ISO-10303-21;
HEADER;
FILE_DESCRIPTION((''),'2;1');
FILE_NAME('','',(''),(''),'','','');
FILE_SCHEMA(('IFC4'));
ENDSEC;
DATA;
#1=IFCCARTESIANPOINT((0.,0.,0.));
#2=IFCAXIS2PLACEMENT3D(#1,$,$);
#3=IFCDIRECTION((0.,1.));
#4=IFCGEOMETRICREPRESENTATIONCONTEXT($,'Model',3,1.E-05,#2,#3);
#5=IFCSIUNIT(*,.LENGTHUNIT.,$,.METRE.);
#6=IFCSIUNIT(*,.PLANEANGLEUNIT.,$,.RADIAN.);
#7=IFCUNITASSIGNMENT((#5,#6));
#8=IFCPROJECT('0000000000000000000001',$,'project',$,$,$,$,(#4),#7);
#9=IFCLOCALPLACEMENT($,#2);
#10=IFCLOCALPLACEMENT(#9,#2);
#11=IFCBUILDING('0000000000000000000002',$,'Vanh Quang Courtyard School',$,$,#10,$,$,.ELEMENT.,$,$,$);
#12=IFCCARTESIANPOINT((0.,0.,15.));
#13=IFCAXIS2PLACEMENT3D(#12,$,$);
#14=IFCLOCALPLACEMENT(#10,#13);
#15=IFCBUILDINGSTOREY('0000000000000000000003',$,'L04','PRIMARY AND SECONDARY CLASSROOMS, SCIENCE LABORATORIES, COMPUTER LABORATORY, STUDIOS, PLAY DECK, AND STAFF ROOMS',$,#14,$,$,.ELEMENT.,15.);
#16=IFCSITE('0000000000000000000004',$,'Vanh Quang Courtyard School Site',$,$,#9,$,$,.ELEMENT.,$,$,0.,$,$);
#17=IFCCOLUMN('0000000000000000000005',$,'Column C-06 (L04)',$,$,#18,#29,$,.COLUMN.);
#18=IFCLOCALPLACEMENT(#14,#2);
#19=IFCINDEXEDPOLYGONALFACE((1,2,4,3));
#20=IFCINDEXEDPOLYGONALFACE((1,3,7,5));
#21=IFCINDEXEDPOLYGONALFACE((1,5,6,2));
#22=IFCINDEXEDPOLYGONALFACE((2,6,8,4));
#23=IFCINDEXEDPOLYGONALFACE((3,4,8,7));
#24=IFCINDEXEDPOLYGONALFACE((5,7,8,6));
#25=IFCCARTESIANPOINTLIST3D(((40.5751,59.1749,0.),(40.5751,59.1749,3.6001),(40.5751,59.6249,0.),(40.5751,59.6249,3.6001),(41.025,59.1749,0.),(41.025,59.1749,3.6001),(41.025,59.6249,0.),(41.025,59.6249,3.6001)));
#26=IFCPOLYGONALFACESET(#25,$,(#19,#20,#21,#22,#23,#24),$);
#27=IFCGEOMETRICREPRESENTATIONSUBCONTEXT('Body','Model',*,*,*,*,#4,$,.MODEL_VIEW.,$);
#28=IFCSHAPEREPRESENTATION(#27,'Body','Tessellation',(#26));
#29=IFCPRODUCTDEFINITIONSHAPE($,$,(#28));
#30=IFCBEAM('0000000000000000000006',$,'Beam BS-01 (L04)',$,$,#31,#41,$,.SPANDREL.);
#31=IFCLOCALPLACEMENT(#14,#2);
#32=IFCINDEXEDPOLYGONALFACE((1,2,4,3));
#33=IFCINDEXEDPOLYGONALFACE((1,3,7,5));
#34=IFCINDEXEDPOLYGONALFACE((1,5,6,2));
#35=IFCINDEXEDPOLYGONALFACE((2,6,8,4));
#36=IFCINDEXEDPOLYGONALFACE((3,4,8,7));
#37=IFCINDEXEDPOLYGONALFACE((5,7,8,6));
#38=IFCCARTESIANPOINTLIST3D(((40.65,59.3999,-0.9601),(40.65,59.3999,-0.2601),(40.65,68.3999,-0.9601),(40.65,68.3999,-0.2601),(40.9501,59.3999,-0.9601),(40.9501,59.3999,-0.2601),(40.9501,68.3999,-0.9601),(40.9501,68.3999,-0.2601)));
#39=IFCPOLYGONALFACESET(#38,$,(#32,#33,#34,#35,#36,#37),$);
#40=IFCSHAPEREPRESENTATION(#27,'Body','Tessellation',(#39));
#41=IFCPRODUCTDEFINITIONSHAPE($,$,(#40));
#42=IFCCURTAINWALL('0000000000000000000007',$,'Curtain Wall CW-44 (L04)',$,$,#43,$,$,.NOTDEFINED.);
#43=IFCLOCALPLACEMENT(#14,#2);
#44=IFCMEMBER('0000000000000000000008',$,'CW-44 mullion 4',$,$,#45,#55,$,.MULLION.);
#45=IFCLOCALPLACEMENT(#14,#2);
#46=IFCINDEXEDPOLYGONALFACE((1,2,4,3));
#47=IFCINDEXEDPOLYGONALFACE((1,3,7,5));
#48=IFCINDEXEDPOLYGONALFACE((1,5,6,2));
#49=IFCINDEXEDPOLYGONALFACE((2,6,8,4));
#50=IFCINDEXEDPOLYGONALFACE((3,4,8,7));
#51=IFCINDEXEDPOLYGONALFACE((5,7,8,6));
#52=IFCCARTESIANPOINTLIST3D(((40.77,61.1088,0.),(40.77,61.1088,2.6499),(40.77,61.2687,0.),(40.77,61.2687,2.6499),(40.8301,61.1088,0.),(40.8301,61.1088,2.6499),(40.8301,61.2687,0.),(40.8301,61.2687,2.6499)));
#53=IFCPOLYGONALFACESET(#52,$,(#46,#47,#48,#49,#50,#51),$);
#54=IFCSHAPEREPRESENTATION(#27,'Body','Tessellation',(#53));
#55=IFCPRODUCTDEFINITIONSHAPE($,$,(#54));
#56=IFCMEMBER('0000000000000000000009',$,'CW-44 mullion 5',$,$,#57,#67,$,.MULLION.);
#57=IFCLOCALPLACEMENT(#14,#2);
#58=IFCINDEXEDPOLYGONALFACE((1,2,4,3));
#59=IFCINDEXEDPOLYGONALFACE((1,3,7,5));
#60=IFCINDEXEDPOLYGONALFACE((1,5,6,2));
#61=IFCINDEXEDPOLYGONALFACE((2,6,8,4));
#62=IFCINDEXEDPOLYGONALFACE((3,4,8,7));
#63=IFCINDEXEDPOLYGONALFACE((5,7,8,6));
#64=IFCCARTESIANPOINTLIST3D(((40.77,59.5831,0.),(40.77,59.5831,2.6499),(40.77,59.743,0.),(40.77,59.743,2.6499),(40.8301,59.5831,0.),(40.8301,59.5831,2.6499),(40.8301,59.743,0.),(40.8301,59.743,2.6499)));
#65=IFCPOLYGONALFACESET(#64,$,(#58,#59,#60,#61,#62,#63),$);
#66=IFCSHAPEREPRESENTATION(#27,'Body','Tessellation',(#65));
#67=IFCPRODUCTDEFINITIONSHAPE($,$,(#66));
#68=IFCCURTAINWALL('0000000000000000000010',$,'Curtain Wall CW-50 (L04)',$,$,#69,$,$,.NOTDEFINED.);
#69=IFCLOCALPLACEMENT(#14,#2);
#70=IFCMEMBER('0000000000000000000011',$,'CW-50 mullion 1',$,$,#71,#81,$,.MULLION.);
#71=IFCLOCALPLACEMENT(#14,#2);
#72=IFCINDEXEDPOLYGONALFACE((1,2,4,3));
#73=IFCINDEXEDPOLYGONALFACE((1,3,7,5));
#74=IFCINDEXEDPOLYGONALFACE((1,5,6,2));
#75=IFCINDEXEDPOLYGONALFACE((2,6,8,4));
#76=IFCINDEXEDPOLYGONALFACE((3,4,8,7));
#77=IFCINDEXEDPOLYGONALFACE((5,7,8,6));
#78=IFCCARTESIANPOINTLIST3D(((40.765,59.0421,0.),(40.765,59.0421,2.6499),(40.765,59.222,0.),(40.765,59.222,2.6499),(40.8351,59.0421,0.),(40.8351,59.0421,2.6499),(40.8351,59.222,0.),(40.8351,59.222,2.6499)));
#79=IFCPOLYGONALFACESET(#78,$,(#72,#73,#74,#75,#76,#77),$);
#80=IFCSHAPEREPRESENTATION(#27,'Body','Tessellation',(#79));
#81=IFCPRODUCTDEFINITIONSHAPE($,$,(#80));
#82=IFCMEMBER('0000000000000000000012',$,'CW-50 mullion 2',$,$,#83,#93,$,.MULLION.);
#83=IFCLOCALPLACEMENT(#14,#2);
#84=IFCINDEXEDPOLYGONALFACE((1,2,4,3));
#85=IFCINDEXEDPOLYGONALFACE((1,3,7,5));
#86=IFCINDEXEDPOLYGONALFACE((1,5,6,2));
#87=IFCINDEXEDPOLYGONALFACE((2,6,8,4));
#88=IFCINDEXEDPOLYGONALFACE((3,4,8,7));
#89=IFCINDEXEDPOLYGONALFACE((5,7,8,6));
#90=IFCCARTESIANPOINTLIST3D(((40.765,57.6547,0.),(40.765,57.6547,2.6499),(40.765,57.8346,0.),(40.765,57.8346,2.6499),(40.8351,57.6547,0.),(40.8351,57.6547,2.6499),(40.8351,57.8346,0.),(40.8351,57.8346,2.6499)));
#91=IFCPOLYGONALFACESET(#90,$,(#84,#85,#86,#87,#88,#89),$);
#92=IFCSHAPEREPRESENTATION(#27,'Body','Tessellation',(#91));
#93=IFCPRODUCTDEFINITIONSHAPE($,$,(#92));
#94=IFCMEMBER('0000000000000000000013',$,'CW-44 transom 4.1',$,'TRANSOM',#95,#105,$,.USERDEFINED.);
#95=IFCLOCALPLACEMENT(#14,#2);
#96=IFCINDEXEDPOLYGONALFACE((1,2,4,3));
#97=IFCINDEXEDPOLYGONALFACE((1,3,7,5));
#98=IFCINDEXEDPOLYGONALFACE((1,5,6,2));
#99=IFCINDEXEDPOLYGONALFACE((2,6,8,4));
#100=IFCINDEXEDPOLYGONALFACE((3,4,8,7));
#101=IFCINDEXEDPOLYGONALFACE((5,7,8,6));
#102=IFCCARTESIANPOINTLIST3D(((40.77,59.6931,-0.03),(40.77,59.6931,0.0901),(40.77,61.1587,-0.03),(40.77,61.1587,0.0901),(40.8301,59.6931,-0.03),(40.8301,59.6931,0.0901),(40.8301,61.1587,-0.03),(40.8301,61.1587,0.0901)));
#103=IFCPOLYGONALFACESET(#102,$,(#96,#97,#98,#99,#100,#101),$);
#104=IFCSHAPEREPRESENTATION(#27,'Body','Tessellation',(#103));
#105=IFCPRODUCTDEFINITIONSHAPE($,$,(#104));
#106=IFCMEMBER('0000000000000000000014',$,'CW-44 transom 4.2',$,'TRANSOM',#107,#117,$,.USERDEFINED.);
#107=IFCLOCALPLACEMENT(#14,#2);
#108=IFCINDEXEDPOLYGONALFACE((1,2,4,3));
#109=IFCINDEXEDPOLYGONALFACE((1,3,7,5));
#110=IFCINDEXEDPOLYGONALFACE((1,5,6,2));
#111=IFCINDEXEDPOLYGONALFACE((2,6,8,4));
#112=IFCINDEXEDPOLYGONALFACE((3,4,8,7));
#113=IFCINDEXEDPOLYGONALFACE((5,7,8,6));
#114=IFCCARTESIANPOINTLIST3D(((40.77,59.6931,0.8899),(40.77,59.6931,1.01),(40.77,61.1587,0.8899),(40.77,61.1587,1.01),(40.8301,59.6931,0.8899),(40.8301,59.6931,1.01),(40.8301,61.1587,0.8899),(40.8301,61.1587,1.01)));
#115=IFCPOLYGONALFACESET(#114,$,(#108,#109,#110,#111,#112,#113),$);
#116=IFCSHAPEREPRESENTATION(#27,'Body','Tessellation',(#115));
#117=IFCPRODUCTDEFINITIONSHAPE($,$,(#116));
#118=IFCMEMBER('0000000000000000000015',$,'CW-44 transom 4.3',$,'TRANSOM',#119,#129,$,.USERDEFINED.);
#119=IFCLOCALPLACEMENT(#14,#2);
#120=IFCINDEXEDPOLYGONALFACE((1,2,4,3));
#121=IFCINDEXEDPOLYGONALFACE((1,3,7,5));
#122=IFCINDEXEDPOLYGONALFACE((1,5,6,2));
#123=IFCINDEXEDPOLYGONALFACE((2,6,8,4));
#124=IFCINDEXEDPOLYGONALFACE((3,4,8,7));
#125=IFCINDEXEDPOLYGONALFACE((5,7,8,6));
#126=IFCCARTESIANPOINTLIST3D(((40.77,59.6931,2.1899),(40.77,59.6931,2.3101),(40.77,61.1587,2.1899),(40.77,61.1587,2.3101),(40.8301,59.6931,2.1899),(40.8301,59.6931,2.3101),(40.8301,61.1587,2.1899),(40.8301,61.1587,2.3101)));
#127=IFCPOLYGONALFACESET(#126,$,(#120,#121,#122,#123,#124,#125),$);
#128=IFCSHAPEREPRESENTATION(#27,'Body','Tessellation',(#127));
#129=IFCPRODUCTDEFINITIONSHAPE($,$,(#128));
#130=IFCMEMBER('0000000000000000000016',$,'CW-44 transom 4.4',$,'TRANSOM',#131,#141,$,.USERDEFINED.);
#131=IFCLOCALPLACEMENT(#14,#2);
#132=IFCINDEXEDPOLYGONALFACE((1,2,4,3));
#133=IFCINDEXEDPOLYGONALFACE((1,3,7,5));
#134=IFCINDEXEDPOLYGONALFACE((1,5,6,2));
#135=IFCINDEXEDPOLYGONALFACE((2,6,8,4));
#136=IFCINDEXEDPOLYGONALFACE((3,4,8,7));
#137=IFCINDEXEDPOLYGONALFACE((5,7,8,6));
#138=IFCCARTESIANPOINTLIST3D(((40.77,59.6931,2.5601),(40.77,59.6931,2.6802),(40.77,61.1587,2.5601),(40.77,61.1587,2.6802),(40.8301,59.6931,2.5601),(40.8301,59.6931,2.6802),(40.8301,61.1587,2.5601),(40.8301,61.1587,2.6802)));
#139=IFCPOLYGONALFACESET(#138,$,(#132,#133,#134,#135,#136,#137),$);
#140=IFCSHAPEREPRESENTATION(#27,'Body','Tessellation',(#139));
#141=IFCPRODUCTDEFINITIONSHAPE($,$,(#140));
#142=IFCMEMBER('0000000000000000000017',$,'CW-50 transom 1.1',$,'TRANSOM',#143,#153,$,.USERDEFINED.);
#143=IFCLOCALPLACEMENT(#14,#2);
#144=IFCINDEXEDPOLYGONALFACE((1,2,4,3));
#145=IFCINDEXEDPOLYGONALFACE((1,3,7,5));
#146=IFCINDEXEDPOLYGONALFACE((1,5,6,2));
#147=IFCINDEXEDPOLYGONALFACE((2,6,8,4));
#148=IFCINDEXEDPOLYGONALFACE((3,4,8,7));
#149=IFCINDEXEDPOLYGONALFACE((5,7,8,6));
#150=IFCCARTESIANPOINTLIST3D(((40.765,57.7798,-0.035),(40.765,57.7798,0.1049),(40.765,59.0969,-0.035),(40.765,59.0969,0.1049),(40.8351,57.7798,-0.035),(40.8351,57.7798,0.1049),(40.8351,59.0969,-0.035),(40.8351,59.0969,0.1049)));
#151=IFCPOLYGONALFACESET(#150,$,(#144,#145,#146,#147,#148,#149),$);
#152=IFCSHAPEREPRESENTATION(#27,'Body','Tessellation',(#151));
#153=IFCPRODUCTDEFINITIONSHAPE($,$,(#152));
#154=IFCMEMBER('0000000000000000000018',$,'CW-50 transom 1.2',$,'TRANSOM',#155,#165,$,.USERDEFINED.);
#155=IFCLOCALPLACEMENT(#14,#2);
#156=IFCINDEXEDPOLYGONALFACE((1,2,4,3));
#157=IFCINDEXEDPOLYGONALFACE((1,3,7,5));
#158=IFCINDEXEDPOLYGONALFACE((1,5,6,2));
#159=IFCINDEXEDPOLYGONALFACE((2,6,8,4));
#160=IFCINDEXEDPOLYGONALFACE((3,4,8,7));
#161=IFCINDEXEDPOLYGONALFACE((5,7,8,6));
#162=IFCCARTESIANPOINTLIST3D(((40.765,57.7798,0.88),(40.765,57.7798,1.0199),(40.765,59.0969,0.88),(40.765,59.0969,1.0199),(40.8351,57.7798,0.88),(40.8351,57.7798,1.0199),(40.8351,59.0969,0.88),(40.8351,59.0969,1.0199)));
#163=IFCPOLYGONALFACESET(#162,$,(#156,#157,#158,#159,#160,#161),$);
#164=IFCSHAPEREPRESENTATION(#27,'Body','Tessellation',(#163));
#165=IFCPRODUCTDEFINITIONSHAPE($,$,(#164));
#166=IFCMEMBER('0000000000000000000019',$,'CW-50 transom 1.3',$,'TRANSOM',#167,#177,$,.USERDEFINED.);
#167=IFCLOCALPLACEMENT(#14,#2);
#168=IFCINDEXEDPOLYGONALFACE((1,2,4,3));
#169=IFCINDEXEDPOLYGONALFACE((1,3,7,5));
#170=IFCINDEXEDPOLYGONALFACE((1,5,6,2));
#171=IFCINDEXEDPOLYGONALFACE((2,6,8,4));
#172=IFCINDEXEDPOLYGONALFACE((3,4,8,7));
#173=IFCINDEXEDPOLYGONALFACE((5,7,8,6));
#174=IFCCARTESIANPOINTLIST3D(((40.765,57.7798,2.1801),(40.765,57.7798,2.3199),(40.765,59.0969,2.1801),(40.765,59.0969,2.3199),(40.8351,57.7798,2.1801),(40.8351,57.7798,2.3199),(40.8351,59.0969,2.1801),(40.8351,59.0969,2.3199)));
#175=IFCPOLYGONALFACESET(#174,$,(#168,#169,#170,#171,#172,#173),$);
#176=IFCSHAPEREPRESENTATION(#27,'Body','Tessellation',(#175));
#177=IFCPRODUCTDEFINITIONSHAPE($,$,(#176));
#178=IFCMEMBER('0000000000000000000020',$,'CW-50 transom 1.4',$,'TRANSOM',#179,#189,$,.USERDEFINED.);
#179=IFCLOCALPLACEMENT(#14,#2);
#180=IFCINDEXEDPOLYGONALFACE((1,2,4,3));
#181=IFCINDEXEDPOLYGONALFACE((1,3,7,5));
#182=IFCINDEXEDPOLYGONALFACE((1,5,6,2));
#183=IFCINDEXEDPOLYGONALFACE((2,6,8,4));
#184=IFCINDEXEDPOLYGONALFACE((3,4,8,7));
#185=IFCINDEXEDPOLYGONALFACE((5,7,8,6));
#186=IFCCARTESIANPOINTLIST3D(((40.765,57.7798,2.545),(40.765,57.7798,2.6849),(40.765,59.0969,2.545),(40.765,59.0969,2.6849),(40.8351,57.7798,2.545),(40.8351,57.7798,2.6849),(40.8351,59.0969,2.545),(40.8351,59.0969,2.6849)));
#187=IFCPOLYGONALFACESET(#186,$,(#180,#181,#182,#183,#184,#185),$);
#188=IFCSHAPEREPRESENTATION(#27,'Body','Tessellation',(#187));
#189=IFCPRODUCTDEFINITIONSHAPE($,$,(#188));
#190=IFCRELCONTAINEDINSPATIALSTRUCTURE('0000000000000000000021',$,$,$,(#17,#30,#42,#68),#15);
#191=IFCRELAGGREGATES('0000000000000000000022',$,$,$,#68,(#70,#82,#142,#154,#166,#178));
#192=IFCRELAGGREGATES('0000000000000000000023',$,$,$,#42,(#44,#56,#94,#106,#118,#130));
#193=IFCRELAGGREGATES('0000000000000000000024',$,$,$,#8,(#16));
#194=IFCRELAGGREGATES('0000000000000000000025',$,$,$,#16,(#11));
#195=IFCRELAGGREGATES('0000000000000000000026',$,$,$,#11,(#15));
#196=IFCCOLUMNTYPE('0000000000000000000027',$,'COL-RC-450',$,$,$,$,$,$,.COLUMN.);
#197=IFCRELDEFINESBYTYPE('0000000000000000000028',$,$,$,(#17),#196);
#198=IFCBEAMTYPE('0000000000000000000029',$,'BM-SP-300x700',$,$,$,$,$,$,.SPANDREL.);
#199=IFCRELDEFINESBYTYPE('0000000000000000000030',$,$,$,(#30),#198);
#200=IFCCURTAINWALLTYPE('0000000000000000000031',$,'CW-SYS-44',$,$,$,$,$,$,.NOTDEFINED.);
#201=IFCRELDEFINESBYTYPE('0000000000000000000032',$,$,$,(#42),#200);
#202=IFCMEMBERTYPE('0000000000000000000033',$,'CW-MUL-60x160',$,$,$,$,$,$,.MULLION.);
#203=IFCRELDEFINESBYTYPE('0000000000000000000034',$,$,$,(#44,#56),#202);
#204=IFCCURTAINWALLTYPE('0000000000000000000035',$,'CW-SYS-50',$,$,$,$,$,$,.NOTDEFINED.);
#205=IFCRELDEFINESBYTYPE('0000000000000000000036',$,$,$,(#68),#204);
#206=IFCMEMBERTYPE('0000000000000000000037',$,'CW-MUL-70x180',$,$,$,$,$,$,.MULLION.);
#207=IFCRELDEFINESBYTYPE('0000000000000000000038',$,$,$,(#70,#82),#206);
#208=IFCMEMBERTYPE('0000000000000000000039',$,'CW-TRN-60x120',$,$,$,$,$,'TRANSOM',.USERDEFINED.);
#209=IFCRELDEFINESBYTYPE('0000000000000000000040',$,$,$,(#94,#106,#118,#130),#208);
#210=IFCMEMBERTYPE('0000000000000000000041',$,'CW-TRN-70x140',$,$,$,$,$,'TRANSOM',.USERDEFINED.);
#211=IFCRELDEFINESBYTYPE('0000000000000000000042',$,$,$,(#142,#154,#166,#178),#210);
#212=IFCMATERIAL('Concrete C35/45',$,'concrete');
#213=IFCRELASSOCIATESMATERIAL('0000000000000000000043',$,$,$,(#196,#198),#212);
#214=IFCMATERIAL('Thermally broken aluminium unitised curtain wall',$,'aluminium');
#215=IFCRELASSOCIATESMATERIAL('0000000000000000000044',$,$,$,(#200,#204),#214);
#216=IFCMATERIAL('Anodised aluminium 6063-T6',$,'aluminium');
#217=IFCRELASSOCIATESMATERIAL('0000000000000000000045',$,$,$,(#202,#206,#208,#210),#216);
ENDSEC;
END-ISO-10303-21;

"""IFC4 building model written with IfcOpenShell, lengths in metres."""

from ifc_helpers import new_model, si_unit, direction, frame, origin, origin_2d, place, context, subcontext, project, spatial, rectangle, extrude, material, material_profile, profile_set, type_object, element, aggregate, save


model = new_model("IFC4")

# Units and contexts
model_context = context("Model", 3, precision=1e-05, world=origin(), true_north=direction((0.0, 1.0)))
body_context = subcontext(model_context, "Body", "Model", "MODEL_VIEW")
ifc_project = project(units=[si_unit("LENGTHUNIT", "METRE"), si_unit("PLANEANGLEUNIT", "RADIAN")], contexts=[model_context])

# Site, building, storey
site_placement = place(None, origin())
site = spatial("IfcSite", under=ifc_project, at=site_placement, Name="Vanh Quang Courtyard School Site", CompositionType="ELEMENT", RefElevation=0.0)
building_placement = place(site_placement, origin())
building = spatial("IfcBuilding", under=site, at=building_placement, Name="Vanh Quang Courtyard School", CompositionType="ELEMENT")
storey_placement = place(building_placement, frame((0.0, 0.0, 15.0)))
storey = spatial("IfcBuildingStorey", under=building, at=storey_placement, Name="L04", Description="PRIMARY AND SECONDARY CLASSROOMS, SCIENCE LABORATORIES, COMPUTER LABORATORY, STUDIOS, PLAY DECK, AND STAFF ROOMS", CompositionType="ELEMENT", Elevation=15.0)

# Column
ifc_material_1 = material(Name="Concrete C35/45", Category="concrete")
ifc_material_profile_1 = material_profile(ifc_material_1, rectangle(XDim=0.45, YDim=0.45, at=origin_2d()), Name="RC-COL 450x450")
ifc_profile_set_1 = profile_set([ifc_material_profile_1], Name="Concrete C35/45")
column_type = type_object("IfcColumnType", Name="COL-RC-450", PredefinedType="COLUMN", material=ifc_profile_set_1)
column_placement = place(storey_placement, frame((40.8, 59.3999, 0.0), z_axis=(0.0, 0.0, 1.0), x_axis=(1.0, 0.0, 0.0)))
element("IfcColumn", 1, at=column_placement, inside=storey, type_object=column_type, Name="Column C-06 (L04)", PredefinedType="COLUMN", context=body_context, shape_type="SweptSolid", body=[
    extrude(rectangle(XDim=0.45, YDim=0.45, at=origin_2d()), origin(), (0.0, 0.0, 1.0), 3.6001),
])

# Beam
ifc_material_profile_2 = material_profile(ifc_material_1, rectangle(XDim=0.3, YDim=0.7, at=origin_2d()), Name="RC-SP 300x700")
ifc_profile_set_2 = profile_set([ifc_material_profile_2], Name="Concrete C35/45")
beam_type = type_object("IfcBeamType", Name="BM-SP-300x700", PredefinedType="SPANDREL", material=ifc_profile_set_2)
beam_placement = place(storey_placement, frame((40.8, 59.3999, -0.6101), z_axis=(0.0, 1.0, 0.0), x_axis=(-1.0, 0.0, 0.0)))
element("IfcBeam", 2, at=beam_placement, inside=storey, type_object=beam_type, Name="Beam BS-01 (L04)", PredefinedType="SPANDREL", context=body_context, shape_type="SweptSolid", body=[
    extrude(rectangle(XDim=0.3, YDim=0.7, at=origin_2d()), origin(), (0.0, 0.0, 1.0), 9.0),
])

# Curtain walls, members
ifc_material_2 = material(Name="Thermally broken aluminium unitised curtain wall", Category="aluminium")
curtain_wall_type_1 = type_object("IfcCurtainWallType", Name="CW-SYS-44", PredefinedType="NOTDEFINED", material=ifc_material_2)
curtain_wall_1_placement = place(storey_placement, origin())
curtain_wall_1 = element("IfcCurtainWall", 3, at=curtain_wall_1_placement, inside=storey, type_object=curtain_wall_type_1, Name="Curtain Wall CW-44 (L04)", PredefinedType="NOTDEFINED")
ifc_material_3 = material(Name="Anodised aluminium 6063-T6", Category="aluminium")
ifc_material_profile_3 = material_profile(ifc_material_3, rectangle(XDim=0.0601, YDim=0.1599, at=origin_2d()), Name="ALU-MUL 60x160")
ifc_profile_set_3 = profile_set([ifc_material_profile_3], Name="Anodised aluminium 6063-T6")
member_type_1 = type_object("IfcMemberType", Name="CW-MUL-60x160", PredefinedType="MULLION", material=ifc_profile_set_3)
member_1_placement = place(storey_placement, frame((40.8, 61.1887, 0.0), z_axis=(0.0, 0.0, 1.0), x_axis=(1.0, 0.0, 0.0)))
member_1 = element("IfcMember", 4, at=member_1_placement, type_object=member_type_1, Name="CW-44 mullion 4", PredefinedType="MULLION", context=body_context, shape_type="SweptSolid", body=[
    extrude(rectangle(XDim=0.0601, YDim=0.1599, at=origin_2d()), origin(), (0.0, 0.0, 1.0), 2.6499),
])
member_2_placement = place(storey_placement, frame((40.8, 59.6631, 0.0), z_axis=(0.0, 0.0, 1.0), x_axis=(1.0, 0.0, 0.0)))
member_2 = element("IfcMember", 5, at=member_2_placement, type_object=member_type_1, Name="CW-44 mullion 5", PredefinedType="MULLION", context=body_context, shape_type="SweptSolid", body=[
    extrude(rectangle(XDim=0.0601, YDim=0.1599, at=origin_2d()), origin(), (0.0, 0.0, 1.0), 2.6499),
])
curtain_wall_type_2 = type_object("IfcCurtainWallType", Name="CW-SYS-50", PredefinedType="NOTDEFINED", material=ifc_material_2)
curtain_wall_2_placement = place(storey_placement, origin())
curtain_wall_2 = element("IfcCurtainWall", 6, at=curtain_wall_2_placement, inside=storey, type_object=curtain_wall_type_2, Name="Curtain Wall CW-50 (L04)", PredefinedType="NOTDEFINED")
ifc_material_profile_4 = material_profile(ifc_material_3, rectangle(XDim=0.0701, YDim=0.1799, at=origin_2d()), Name="ALU-MUL 70x180")
ifc_profile_set_4 = profile_set([ifc_material_profile_4], Name="Anodised aluminium 6063-T6")
member_type_2 = type_object("IfcMemberType", Name="CW-MUL-70x180", PredefinedType="MULLION", material=ifc_profile_set_4)
member_3_placement = place(storey_placement, frame((40.8, 59.1321, 0.0), z_axis=(0.0, 0.0, 1.0), x_axis=(1.0, 0.0, 0.0)))
member_3 = element("IfcMember", 7, at=member_3_placement, type_object=member_type_2, Name="CW-50 mullion 1", PredefinedType="MULLION", context=body_context, shape_type="SweptSolid", body=[
    extrude(rectangle(XDim=0.0701, YDim=0.1799, at=origin_2d()), origin(), (0.0, 0.0, 1.0), 2.6499),
])
member_4_placement = place(storey_placement, frame((40.8, 57.7446, 0.0), z_axis=(0.0, 0.0, 1.0), x_axis=(1.0, 0.0, 0.0)))
member_4 = element("IfcMember", 8, at=member_4_placement, type_object=member_type_2, Name="CW-50 mullion 2", PredefinedType="MULLION", context=body_context, shape_type="SweptSolid", body=[
    extrude(rectangle(XDim=0.0701, YDim=0.1799, at=origin_2d()), origin(), (0.0, 0.0, 1.0), 2.6499),
])

# Members
ifc_material_profile_5 = material_profile(ifc_material_3, rectangle(XDim=0.0601, YDim=0.1201, at=origin_2d()), Name="ALU-TRN 60x120")
ifc_profile_set_5 = profile_set([ifc_material_profile_5], Name="Anodised aluminium 6063-T6")
member_type_3 = type_object("IfcMemberType", Name="CW-TRN-60x120", ElementType="TRANSOM", PredefinedType="USERDEFINED", material=ifc_profile_set_5)
member_5_placement = place(storey_placement, frame((40.8, 61.1587, 0.03), z_axis=(0.0, -1.0, 0.0), x_axis=(1.0, 0.0, 0.0)))
member_5 = element("IfcMember", 9, at=member_5_placement, type_object=member_type_3, Name="CW-44 transom 4.1", ObjectType="TRANSOM", PredefinedType="USERDEFINED", context=body_context, shape_type="SweptSolid", body=[
    extrude(rectangle(XDim=0.0601, YDim=0.1201, at=origin_2d()), origin(), (0.0, 0.0, 1.0), 1.4656),
])
member_6_placement = place(storey_placement, frame((40.8, 61.1587, 0.95), z_axis=(0.0, -1.0, 0.0), x_axis=(1.0, 0.0, 0.0)))
member_6 = element("IfcMember", 10, at=member_6_placement, type_object=member_type_3, Name="CW-44 transom 4.2", ObjectType="TRANSOM", PredefinedType="USERDEFINED", context=body_context, shape_type="SweptSolid", body=[
    extrude(rectangle(XDim=0.0601, YDim=0.1201, at=origin_2d()), origin(), (0.0, 0.0, 1.0), 1.4656),
])
member_7_placement = place(storey_placement, frame((40.8, 61.1587, 2.25), z_axis=(0.0, -1.0, 0.0), x_axis=(1.0, 0.0, 0.0)))
member_7 = element("IfcMember", 11, at=member_7_placement, type_object=member_type_3, Name="CW-44 transom 4.3", ObjectType="TRANSOM", PredefinedType="USERDEFINED", context=body_context, shape_type="SweptSolid", body=[
    extrude(rectangle(XDim=0.0601, YDim=0.1201, at=origin_2d()), origin(), (0.0, 0.0, 1.0), 1.4656),
])
member_8_placement = place(storey_placement, frame((40.8, 61.1587, 2.6201), z_axis=(0.0, -1.0, 0.0), x_axis=(1.0, 0.0, 0.0)))
member_8 = element("IfcMember", 12, at=member_8_placement, type_object=member_type_3, Name="CW-44 transom 4.4", ObjectType="TRANSOM", PredefinedType="USERDEFINED", context=body_context, shape_type="SweptSolid", body=[
    extrude(rectangle(XDim=0.0601, YDim=0.1201, at=origin_2d()), origin(), (0.0, 0.0, 1.0), 1.4656),
])
ifc_material_profile_6 = material_profile(ifc_material_3, rectangle(XDim=0.0701, YDim=0.1399, at=origin_2d()), Name="ALU-TRN 70x140")
ifc_profile_set_6 = profile_set([ifc_material_profile_6], Name="Anodised aluminium 6063-T6")
member_type_4 = type_object("IfcMemberType", Name="CW-TRN-70x140", ElementType="TRANSOM", PredefinedType="USERDEFINED", material=ifc_profile_set_6)
member_9_placement = place(storey_placement, frame((40.8, 59.0969, 0.0349), z_axis=(0.0, -1.0, 0.0), x_axis=(1.0, 0.0, 0.0)))
member_9 = element("IfcMember", 13, at=member_9_placement, type_object=member_type_4, Name="CW-50 transom 1.1", ObjectType="TRANSOM", PredefinedType="USERDEFINED", context=body_context, shape_type="SweptSolid", body=[
    extrude(rectangle(XDim=0.0701, YDim=0.1399, at=origin_2d()), origin(), (0.0, 0.0, 1.0), 1.3171),
])
member_10_placement = place(storey_placement, frame((40.8, 59.0969, 0.95), z_axis=(0.0, -1.0, 0.0), x_axis=(1.0, 0.0, 0.0)))
member_10 = element("IfcMember", 14, at=member_10_placement, type_object=member_type_4, Name="CW-50 transom 1.2", ObjectType="TRANSOM", PredefinedType="USERDEFINED", context=body_context, shape_type="SweptSolid", body=[
    extrude(rectangle(XDim=0.0701, YDim=0.1399, at=origin_2d()), origin(), (0.0, 0.0, 1.0), 1.3171),
])
member_11_placement = place(storey_placement, frame((40.8, 59.0969, 2.25), z_axis=(0.0, -1.0, 0.0), x_axis=(1.0, 0.0, 0.0)))
member_11 = element("IfcMember", 15, at=member_11_placement, type_object=member_type_4, Name="CW-50 transom 1.3", ObjectType="TRANSOM", PredefinedType="USERDEFINED", context=body_context, shape_type="SweptSolid", body=[
    extrude(rectangle(XDim=0.0701, YDim=0.1399, at=origin_2d()), origin(), (0.0, 0.0, 1.0), 1.3171),
])
member_12_placement = place(storey_placement, frame((40.8, 59.0969, 2.615), z_axis=(0.0, -1.0, 0.0), x_axis=(1.0, 0.0, 0.0)))
member_12 = element("IfcMember", 16, at=member_12_placement, type_object=member_type_4, Name="CW-50 transom 1.4", ObjectType="TRANSOM", PredefinedType="USERDEFINED", context=body_context, shape_type="SweptSolid", body=[
    extrude(rectangle(XDim=0.0701, YDim=0.1399, at=origin_2d()), origin(), (0.0, 0.0, 1.0), 1.3171),
])

aggregate(curtain_wall_2, [member_3, member_4, member_9, member_10, member_11, member_12])
aggregate(curtain_wall_1, [member_1, member_2, member_5, member_6, member_7, member_8])

save(model, "model.ifc")
